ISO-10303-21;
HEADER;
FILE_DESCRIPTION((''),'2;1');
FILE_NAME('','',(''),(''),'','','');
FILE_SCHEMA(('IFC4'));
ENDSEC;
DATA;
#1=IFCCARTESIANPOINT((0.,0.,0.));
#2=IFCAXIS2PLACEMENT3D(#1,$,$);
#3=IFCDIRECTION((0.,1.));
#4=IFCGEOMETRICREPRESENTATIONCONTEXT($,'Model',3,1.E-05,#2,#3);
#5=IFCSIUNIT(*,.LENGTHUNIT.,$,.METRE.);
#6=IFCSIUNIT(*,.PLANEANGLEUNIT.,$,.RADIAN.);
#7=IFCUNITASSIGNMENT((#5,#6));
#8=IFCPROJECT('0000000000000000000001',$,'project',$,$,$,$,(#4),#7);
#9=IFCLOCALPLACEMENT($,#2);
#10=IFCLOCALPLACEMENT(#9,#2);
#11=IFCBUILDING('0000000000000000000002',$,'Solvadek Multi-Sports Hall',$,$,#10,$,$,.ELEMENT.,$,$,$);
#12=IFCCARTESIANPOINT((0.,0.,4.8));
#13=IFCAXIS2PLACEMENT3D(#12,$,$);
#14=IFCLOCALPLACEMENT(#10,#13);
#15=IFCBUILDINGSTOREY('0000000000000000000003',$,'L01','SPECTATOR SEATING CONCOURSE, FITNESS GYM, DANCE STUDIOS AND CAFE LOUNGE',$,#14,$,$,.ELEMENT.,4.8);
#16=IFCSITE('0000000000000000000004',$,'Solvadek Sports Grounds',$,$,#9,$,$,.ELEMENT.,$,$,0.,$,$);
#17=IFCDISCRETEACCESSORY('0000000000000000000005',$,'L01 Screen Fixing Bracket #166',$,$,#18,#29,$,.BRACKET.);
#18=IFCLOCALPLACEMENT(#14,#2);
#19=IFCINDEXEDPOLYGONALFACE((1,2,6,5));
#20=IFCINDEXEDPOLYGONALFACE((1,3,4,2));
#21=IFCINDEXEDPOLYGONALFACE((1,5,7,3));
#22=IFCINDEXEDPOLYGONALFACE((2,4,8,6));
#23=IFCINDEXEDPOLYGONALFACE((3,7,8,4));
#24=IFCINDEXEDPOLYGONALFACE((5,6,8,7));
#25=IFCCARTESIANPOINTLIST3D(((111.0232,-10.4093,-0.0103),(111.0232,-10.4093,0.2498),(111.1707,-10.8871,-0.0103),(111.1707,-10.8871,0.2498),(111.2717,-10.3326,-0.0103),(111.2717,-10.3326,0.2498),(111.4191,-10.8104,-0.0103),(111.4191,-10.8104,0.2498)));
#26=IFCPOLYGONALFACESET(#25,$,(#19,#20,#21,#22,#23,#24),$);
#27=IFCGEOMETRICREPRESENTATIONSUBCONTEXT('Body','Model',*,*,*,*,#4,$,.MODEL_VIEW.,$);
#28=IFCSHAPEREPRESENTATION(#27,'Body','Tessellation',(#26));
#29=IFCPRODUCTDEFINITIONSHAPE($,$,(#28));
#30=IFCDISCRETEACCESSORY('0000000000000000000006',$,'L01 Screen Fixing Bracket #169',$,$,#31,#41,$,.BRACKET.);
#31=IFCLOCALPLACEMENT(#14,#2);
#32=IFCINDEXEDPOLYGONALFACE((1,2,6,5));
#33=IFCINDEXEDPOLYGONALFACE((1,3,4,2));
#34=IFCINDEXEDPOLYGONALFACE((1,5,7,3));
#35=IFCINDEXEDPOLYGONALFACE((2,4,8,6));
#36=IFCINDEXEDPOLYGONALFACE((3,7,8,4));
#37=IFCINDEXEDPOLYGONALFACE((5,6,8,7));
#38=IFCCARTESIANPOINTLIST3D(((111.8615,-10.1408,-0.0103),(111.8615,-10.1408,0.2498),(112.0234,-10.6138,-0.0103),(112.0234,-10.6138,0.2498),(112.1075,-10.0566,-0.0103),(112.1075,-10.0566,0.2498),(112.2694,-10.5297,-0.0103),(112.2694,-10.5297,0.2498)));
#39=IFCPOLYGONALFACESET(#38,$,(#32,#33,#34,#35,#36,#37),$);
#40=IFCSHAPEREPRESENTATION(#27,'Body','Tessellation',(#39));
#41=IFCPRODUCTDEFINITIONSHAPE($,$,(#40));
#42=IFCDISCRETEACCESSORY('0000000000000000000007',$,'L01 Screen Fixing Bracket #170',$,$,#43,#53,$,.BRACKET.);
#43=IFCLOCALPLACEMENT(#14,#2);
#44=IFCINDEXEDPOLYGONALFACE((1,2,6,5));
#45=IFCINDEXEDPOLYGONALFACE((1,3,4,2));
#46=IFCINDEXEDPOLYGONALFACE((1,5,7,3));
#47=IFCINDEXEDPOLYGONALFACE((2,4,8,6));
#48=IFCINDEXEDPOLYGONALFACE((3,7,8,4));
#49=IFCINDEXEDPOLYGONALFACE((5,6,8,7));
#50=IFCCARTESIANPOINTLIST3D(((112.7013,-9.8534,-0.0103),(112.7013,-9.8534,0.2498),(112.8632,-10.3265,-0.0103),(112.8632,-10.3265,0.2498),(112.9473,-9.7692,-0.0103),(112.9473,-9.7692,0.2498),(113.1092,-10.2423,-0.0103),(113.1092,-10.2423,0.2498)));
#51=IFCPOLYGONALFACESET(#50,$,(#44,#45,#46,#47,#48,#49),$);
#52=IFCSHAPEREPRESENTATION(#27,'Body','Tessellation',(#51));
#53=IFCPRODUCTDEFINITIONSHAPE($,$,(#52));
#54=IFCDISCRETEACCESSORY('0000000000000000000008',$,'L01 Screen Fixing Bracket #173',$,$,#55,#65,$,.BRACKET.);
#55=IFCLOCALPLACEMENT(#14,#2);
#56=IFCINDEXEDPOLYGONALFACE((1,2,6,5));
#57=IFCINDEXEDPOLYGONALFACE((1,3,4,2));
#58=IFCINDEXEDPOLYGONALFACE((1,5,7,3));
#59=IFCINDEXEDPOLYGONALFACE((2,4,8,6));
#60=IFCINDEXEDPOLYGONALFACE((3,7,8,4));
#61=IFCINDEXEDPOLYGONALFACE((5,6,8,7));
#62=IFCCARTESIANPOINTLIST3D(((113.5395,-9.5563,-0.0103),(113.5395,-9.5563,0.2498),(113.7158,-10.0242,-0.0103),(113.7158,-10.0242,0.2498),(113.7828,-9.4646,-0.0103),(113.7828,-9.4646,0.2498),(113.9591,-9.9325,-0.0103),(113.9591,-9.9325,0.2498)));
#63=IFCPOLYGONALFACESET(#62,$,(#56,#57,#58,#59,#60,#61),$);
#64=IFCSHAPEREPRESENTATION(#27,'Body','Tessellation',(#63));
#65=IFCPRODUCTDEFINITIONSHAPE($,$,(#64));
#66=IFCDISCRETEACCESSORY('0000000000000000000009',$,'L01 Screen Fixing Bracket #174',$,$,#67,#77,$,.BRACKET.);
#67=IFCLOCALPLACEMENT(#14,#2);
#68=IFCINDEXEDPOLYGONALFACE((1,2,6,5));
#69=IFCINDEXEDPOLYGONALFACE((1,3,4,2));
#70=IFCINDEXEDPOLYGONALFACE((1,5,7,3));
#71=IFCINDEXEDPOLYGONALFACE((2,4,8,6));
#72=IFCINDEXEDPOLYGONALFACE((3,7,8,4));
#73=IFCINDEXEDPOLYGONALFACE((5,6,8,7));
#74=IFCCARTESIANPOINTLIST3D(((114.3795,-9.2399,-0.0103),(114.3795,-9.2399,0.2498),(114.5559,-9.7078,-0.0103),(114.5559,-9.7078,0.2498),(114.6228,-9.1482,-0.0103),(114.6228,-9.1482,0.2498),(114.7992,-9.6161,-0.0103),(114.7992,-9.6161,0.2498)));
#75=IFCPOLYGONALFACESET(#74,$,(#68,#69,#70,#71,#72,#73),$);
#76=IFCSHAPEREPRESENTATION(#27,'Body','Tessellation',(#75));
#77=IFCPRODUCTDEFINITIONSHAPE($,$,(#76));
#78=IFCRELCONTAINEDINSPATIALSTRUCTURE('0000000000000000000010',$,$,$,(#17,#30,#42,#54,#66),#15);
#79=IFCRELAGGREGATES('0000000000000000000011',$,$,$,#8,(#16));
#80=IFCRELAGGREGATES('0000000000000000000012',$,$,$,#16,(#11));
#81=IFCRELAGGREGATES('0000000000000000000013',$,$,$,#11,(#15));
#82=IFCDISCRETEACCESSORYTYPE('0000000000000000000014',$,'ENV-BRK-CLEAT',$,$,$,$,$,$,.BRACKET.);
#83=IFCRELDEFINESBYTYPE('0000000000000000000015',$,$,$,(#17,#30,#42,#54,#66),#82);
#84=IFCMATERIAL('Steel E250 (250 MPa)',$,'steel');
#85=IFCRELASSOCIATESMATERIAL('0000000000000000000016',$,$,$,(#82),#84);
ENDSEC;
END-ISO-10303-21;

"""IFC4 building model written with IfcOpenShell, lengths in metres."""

from ifc_helpers import new_model, si_unit, direction, frame, origin, origin_2d, place, context, subcontext, project, spatial, rectangle, extrude, material, type_object, element, save


model = new_model("IFC4")

# Units and contexts
model_context = context("Model", 3, precision=1e-05, world=origin(), true_north=direction((0.0, 1.0)))
body_context = subcontext(model_context, "Body", "Model", "MODEL_VIEW")
ifc_project = project(units=[si_unit("LENGTHUNIT", "METRE"), si_unit("PLANEANGLEUNIT", "RADIAN")], contexts=[model_context])

# Site, building, storey
site_placement = place(None, origin())
site = spatial("IfcSite", under=ifc_project, at=site_placement, Name="Solvadek Sports Grounds", CompositionType="ELEMENT", RefElevation=0.0)
building_placement = place(site_placement, origin())
building = spatial("IfcBuilding", under=site, at=building_placement, Name="Solvadek Multi-Sports Hall", CompositionType="ELEMENT")
storey_placement = place(building_placement, frame((0.0, 0.0, 4.8)))
storey = spatial("IfcBuildingStorey", under=building, at=storey_placement, Name="L01", Description="SPECTATOR SEATING CONCOURSE, FITNESS GYM, DANCE STUDIOS AND CAFE LOUNGE", CompositionType="ELEMENT", Elevation=4.8)

# Shared definitions
ifc_material_1 = material(Name="Steel E250 (250 MPa)", Category="steel")

# Discrete accessories
discrete_accessory_type = type_object("IfcDiscreteAccessoryType", Name="ENV-BRK-CLEAT", PredefinedType="BRACKET", material=ifc_material_1)
for number, where, z_axis, x_axis, name in (
    (1, (111.2212, -10.6099, -0.0103), (0.0, 0.0, 1.0), (0.955527, 0.294905, 0.0), "L01 Screen Fixing Bracket #166"),
    (2, (112.0654, -10.3352, -0.0103), (0.0, 0.0, 1.0), (0.946153, 0.32372, 0.0), "L01 Screen Fixing Bracket #169"),
    (3, (112.9053, -10.0479, -0.0103), (0.0, 0.0, 1.0), (0.946153, 0.32372, 0.0), "L01 Screen Fixing Bracket #170"),
    (4, (113.7493, -9.7444, -0.0103), (0.0, 0.0, 1.0), (0.93576, 0.352637, 0.0), "L01 Screen Fixing Bracket #173"),
    (5, (114.5894, -9.428, -0.0103), (0.0, 0.0, 1.0), (0.93576, 0.352637, 0.0), "L01 Screen Fixing Bracket #174"),
):
    element("IfcDiscreteAccessory", number, at=place(storey_placement, frame(where, z_axis=z_axis, x_axis=x_axis)), inside=storey, type_object=discrete_accessory_type, Name=name, PredefinedType="BRACKET", context=body_context, shape_type="SweptSolid", body=[
        extrude(rectangle(XDim=0.26, YDim=0.5, at=origin_2d()), origin(), (0.0, 0.0, 1.0), 0.26),
    ])

save(model, "model.ifc")
